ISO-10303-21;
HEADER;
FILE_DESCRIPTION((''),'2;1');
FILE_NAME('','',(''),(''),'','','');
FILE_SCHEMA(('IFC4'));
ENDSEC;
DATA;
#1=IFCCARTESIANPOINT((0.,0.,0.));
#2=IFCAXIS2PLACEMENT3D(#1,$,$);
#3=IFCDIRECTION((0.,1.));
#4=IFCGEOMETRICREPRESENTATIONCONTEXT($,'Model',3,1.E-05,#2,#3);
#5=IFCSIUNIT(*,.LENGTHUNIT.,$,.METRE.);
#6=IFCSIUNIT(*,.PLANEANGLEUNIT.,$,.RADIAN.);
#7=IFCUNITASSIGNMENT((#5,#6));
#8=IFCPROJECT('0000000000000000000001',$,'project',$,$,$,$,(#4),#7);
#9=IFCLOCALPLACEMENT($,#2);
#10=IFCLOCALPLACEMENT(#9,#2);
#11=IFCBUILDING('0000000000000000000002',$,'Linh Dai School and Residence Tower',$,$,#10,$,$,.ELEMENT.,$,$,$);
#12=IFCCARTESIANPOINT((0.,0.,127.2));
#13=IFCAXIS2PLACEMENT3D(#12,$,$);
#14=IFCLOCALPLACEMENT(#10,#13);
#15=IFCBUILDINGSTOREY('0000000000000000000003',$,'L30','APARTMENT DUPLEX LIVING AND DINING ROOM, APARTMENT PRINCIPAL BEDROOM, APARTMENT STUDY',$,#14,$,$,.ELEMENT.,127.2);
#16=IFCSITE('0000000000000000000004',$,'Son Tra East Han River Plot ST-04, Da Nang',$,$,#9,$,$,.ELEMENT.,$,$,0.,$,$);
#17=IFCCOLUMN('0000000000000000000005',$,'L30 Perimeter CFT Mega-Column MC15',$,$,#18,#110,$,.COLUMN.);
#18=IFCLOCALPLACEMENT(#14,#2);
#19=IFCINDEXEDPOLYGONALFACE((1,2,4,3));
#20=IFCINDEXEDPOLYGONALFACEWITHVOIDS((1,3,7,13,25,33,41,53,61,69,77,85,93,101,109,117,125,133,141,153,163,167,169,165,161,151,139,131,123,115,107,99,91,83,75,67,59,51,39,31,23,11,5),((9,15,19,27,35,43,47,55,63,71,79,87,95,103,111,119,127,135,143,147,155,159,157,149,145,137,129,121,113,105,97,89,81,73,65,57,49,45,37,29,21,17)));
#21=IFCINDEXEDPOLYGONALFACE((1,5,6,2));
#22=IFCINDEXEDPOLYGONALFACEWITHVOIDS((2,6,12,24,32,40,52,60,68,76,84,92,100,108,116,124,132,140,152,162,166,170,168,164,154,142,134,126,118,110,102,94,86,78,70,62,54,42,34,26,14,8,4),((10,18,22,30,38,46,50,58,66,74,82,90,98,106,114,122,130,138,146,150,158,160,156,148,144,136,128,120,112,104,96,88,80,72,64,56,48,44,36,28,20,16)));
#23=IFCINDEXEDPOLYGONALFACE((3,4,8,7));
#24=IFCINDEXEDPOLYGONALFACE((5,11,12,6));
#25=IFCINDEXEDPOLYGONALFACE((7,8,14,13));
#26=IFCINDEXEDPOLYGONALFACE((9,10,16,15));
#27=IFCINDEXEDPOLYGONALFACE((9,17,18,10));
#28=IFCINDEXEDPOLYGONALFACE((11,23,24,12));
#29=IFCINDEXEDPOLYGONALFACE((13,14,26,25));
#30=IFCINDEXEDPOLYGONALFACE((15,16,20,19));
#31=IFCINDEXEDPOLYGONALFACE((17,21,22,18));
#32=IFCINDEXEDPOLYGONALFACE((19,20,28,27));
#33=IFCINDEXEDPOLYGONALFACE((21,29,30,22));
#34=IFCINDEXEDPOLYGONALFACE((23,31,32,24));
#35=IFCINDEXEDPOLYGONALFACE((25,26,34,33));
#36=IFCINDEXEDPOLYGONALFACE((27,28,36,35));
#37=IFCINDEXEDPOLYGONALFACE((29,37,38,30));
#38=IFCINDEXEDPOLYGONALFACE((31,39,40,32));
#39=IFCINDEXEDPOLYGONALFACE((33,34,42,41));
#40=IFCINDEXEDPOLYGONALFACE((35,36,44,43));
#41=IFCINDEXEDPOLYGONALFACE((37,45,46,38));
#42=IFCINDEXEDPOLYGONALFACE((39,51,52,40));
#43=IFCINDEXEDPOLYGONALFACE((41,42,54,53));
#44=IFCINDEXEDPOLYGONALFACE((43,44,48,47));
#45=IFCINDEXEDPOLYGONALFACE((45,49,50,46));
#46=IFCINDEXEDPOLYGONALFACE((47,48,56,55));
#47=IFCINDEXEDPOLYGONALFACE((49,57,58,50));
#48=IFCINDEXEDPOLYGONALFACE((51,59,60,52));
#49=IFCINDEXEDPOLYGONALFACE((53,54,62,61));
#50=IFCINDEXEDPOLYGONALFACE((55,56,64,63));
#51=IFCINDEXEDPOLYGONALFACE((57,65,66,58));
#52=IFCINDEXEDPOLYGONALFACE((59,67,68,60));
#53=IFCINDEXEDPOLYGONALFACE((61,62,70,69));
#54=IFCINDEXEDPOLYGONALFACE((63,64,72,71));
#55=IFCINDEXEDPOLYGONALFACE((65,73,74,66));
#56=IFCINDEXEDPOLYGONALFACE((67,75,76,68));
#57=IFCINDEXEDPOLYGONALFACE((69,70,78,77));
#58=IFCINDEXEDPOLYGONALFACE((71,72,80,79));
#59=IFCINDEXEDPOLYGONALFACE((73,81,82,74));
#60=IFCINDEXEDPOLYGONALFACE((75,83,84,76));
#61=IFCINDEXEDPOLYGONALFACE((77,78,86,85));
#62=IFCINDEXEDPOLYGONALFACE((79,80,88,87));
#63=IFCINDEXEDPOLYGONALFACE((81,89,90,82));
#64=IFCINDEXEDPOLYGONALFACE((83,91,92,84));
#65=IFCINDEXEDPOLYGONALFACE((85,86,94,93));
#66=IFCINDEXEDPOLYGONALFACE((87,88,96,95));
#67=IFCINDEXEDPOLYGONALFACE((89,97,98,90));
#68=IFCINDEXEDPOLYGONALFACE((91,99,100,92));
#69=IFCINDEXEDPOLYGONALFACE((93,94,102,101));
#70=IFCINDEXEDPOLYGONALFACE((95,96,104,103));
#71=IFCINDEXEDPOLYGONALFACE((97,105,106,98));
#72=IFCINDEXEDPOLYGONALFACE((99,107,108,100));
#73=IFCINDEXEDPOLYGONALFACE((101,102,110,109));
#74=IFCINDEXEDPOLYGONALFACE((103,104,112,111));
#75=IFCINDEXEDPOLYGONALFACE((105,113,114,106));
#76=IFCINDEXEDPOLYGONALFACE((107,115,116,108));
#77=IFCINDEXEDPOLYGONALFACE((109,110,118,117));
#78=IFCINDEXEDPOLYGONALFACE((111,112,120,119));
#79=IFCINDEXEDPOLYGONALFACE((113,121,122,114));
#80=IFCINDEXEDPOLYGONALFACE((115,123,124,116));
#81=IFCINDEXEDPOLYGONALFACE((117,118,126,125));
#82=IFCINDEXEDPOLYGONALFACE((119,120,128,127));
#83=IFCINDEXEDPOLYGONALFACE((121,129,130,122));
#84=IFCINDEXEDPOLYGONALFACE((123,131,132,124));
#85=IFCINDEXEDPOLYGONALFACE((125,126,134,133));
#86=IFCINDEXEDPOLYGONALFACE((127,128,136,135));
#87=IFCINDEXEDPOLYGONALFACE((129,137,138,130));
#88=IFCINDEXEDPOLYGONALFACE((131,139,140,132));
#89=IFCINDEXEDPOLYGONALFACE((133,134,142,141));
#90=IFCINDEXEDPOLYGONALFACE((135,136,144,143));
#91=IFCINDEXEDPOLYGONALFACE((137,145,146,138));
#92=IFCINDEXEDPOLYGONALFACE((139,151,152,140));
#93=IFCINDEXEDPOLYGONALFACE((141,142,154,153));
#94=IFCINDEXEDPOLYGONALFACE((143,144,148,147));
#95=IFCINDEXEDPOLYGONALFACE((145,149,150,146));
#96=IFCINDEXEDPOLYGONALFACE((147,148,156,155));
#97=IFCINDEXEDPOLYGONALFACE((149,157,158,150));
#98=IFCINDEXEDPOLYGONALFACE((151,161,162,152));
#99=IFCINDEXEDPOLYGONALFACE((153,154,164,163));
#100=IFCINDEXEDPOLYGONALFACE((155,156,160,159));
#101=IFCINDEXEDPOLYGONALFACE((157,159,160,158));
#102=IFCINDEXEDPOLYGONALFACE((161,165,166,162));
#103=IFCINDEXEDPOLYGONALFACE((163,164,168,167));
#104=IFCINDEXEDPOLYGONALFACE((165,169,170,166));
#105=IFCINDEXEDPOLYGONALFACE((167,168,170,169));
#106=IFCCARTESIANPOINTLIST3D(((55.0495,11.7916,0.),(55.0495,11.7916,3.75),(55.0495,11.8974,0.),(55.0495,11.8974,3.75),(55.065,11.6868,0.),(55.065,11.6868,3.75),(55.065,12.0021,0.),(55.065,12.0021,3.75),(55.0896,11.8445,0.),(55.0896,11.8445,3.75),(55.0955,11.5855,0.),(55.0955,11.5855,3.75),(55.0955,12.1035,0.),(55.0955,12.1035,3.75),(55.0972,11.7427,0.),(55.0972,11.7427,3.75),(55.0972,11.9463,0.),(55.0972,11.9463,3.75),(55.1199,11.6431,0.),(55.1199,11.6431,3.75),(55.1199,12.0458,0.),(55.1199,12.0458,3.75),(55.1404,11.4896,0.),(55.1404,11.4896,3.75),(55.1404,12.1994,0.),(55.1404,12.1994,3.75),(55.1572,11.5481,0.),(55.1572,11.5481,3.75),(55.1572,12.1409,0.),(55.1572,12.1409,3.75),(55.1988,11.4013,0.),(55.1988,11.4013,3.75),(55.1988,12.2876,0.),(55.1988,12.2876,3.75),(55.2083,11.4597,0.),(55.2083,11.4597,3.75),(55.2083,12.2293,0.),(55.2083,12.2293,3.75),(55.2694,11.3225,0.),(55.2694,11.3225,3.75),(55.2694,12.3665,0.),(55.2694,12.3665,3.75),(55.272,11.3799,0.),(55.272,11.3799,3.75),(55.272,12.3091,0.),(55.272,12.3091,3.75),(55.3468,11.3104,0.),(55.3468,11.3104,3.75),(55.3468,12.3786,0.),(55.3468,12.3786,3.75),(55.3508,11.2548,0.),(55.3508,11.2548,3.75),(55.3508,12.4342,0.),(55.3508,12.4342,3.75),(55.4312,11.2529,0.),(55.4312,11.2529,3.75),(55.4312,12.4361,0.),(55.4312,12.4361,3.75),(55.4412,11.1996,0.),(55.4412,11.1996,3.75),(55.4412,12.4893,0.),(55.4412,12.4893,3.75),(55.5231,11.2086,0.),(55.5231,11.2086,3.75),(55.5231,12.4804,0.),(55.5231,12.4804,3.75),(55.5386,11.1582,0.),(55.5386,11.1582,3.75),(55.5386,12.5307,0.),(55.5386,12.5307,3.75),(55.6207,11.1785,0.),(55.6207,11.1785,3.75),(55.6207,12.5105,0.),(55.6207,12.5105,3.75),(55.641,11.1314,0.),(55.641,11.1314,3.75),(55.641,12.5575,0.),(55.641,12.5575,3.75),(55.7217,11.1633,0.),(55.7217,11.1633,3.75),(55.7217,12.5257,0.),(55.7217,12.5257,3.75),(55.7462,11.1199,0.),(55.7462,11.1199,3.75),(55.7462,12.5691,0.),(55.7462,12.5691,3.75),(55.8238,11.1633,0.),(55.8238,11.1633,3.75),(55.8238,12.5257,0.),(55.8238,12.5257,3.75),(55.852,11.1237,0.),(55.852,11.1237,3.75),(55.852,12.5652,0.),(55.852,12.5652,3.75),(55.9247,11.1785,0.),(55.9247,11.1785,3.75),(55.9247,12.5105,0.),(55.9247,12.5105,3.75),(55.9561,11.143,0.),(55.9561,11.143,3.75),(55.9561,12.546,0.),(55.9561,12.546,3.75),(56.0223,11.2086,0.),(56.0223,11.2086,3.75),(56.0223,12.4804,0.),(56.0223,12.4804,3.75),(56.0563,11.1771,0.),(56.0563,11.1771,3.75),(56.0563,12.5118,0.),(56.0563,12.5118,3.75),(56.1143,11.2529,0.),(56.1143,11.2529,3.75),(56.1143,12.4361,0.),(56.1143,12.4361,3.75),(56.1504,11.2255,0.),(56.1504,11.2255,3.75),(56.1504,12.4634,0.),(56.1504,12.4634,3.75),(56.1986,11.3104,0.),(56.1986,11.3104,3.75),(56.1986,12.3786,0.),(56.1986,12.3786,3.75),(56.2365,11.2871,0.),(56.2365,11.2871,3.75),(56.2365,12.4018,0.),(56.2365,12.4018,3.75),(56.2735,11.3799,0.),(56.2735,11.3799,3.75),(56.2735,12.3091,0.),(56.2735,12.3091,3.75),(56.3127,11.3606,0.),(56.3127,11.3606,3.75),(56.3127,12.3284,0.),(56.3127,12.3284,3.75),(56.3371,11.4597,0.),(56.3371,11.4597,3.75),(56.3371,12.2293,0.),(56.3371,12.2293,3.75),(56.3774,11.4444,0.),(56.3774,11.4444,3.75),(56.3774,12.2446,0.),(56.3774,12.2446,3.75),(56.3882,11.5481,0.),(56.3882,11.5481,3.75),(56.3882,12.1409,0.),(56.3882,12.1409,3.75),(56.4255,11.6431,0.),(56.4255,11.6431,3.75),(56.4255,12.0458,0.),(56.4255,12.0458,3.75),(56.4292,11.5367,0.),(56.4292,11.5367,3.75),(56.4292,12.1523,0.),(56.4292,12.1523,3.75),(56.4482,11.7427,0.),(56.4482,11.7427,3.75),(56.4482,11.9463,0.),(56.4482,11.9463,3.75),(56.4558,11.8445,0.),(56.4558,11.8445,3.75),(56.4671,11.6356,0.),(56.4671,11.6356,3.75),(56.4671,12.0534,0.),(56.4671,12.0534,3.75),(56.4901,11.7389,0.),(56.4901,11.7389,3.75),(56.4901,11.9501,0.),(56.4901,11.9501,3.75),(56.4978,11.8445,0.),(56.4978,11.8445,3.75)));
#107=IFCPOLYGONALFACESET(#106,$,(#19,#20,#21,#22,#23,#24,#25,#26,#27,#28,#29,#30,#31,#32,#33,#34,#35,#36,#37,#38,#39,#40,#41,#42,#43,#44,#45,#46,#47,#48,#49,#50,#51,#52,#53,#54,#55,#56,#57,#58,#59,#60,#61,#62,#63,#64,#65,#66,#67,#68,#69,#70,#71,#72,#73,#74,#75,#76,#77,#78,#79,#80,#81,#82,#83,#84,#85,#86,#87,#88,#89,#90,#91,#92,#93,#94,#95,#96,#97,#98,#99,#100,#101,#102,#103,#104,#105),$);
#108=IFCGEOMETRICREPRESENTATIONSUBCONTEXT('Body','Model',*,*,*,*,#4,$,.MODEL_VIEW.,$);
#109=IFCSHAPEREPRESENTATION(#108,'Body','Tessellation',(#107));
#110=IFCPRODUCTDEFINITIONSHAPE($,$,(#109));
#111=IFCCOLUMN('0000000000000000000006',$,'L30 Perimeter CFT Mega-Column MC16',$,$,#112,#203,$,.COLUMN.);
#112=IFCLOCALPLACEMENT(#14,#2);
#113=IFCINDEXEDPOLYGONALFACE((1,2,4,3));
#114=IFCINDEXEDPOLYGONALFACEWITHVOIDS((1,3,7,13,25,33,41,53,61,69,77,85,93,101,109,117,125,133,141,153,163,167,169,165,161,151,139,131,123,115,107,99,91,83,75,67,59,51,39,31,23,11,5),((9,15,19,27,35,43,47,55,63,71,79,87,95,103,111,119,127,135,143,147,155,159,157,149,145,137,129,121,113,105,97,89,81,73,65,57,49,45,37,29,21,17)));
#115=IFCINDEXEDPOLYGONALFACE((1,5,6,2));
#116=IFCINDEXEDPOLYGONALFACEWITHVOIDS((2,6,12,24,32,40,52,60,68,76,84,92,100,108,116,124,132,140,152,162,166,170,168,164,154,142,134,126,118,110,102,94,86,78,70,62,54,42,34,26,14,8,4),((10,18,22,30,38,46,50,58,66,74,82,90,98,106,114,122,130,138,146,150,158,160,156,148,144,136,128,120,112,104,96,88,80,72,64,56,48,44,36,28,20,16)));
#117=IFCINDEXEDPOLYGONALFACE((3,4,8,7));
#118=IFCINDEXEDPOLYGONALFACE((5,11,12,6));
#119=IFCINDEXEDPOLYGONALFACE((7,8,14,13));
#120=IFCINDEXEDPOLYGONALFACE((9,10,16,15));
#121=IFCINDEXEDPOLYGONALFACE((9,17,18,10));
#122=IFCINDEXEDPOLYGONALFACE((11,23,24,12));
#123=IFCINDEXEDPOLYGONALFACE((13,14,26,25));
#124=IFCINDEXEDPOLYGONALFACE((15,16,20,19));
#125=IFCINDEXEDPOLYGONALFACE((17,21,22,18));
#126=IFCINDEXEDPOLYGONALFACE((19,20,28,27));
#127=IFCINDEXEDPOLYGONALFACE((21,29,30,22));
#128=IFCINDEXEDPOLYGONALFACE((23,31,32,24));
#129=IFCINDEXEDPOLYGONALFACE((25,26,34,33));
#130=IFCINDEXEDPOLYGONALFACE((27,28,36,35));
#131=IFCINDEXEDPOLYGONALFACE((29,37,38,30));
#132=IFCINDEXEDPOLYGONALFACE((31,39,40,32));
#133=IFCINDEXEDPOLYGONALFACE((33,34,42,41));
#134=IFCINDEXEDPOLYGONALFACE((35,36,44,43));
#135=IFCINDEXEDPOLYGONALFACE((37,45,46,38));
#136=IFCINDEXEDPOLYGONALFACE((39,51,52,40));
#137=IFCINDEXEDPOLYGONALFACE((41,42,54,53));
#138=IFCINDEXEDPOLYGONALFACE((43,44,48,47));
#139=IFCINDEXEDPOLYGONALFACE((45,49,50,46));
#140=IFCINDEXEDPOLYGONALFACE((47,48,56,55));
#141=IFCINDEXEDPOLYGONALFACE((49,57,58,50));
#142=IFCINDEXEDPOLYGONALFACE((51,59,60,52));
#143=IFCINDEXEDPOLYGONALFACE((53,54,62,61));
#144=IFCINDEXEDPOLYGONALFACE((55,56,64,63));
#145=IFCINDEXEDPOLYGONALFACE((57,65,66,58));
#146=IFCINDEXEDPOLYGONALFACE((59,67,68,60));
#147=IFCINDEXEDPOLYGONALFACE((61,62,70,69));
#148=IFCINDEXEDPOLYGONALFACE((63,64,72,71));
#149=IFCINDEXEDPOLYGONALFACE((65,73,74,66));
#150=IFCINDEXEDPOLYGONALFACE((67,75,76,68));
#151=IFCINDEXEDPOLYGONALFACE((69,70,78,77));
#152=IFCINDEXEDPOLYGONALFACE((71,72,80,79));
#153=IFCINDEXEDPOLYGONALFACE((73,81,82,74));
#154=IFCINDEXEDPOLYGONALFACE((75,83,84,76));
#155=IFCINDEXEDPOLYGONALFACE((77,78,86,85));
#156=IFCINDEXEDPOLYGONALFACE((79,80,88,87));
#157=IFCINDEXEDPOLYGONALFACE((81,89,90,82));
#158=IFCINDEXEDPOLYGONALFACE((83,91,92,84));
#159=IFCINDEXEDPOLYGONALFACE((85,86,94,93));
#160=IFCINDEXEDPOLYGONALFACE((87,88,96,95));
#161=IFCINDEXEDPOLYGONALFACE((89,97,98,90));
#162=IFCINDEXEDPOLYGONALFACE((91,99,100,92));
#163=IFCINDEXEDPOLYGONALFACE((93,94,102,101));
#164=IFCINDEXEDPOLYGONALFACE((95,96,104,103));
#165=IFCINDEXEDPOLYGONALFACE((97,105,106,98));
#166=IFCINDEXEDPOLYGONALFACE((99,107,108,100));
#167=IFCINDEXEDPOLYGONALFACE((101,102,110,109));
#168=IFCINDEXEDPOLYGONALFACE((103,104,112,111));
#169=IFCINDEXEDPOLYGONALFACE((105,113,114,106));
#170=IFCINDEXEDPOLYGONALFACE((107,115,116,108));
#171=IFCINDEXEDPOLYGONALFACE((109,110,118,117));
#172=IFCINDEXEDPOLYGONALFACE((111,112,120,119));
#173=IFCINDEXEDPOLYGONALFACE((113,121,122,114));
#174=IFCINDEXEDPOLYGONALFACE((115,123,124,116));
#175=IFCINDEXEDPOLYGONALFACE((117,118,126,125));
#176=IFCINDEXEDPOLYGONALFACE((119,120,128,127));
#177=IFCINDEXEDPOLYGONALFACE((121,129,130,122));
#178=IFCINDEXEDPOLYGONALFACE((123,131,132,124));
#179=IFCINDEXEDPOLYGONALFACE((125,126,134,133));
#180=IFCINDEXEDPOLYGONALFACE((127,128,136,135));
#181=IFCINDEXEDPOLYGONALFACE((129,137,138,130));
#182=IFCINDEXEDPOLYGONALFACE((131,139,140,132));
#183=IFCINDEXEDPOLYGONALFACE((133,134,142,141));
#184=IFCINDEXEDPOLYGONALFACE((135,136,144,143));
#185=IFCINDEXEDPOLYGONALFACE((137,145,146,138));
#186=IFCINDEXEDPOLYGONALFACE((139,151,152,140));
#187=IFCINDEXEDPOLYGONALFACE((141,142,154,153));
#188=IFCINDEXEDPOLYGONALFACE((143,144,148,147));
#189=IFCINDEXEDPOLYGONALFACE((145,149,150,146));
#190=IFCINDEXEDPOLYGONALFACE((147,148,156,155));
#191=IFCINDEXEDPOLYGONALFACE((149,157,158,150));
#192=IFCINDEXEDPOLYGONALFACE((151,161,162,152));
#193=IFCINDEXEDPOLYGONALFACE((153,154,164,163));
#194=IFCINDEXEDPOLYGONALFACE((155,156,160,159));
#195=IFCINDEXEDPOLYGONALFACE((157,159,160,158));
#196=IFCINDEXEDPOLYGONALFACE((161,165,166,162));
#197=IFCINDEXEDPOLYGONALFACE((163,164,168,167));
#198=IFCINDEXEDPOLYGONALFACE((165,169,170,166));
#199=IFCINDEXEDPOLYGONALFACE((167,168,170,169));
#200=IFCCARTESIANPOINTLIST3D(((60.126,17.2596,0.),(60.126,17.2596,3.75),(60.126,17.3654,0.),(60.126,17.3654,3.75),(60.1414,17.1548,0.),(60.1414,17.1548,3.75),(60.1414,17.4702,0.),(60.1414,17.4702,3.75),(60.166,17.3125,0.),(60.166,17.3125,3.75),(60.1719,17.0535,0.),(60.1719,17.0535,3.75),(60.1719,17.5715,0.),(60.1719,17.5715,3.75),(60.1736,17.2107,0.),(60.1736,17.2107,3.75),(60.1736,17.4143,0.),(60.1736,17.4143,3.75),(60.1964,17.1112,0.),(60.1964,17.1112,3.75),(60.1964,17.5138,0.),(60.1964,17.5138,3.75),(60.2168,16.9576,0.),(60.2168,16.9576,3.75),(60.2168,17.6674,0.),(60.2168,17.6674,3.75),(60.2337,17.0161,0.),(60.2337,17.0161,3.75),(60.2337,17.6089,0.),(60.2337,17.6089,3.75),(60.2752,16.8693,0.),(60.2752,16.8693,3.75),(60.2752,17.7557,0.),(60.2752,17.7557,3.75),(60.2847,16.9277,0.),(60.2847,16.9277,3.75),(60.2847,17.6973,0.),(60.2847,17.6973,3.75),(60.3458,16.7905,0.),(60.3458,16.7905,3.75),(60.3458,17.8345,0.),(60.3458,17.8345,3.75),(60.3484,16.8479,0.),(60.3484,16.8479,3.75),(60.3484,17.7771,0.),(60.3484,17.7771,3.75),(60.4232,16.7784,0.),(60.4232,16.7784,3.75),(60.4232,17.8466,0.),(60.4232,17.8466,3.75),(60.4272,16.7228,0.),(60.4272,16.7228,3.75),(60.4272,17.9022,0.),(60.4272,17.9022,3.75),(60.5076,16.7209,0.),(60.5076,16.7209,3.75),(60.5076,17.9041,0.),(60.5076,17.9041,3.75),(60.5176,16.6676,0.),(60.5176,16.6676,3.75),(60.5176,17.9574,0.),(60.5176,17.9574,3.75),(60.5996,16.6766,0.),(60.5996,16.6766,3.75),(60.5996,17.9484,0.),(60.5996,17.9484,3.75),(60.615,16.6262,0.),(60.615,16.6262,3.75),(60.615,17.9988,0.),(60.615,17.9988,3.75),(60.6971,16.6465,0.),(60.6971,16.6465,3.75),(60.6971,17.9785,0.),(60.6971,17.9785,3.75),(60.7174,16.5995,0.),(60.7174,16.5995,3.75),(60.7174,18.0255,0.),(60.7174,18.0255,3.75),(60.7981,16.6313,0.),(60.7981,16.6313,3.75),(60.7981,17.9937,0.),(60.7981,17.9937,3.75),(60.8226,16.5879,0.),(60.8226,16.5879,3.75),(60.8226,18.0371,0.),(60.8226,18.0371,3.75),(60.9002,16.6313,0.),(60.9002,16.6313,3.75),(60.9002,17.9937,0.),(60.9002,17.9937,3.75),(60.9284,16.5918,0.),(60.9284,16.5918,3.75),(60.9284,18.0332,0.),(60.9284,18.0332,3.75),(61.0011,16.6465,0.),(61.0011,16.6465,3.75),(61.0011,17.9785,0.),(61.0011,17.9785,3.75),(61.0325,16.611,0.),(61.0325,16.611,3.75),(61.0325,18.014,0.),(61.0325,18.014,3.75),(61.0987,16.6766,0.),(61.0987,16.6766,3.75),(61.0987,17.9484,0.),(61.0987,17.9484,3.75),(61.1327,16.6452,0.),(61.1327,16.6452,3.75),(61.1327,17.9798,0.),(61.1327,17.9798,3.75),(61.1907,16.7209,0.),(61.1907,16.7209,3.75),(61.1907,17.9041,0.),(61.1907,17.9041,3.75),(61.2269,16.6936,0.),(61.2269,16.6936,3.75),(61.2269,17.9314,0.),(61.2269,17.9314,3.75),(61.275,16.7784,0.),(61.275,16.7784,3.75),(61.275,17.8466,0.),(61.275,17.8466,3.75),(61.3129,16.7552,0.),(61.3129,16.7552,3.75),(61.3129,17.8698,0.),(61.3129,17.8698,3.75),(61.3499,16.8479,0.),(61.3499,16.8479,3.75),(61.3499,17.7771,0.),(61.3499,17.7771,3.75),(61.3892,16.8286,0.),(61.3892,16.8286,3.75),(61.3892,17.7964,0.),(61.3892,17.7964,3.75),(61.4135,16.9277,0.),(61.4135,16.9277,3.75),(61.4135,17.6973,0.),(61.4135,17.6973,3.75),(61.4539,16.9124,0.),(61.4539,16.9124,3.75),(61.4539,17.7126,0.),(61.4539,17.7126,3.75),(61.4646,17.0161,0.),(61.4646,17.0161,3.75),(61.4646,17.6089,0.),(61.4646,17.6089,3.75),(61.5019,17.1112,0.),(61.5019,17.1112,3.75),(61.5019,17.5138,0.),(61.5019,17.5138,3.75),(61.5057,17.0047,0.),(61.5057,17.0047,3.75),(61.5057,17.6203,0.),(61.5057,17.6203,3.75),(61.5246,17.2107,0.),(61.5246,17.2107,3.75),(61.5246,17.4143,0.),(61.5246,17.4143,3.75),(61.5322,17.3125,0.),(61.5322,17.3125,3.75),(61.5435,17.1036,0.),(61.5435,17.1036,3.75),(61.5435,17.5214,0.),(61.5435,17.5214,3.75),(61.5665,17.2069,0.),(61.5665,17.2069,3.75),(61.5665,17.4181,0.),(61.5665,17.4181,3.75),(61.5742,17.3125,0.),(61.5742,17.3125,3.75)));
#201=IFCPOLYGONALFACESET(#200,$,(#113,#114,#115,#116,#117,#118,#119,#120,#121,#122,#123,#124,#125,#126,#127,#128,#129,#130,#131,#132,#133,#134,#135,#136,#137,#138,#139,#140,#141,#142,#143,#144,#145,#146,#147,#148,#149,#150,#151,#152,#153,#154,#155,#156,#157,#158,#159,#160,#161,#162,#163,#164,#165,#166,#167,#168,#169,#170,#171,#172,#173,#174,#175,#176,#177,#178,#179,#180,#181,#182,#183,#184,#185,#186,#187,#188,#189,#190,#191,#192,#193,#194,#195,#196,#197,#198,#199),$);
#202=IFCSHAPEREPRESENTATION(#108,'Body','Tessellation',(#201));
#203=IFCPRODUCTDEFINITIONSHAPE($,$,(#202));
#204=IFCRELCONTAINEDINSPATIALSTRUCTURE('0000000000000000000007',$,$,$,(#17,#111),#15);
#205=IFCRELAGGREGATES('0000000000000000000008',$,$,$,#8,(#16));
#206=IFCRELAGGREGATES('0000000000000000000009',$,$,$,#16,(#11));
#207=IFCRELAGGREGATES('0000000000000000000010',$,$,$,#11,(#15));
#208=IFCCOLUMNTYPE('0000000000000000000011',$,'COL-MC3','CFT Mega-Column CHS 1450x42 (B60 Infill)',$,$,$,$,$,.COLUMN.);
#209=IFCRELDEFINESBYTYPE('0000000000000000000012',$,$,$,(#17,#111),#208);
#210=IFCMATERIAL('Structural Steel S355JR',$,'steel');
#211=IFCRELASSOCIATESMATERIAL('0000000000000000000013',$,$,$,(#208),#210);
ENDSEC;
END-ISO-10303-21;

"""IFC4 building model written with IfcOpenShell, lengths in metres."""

from ifc_helpers import new_model, si_unit, direction, frame, origin, origin_2d, place, context, subcontext, project, spatial, hollow_circle, extrude, material, material_profile, profile_set, type_object, element, save


model = new_model("IFC4")

# Units and contexts
model_context = context("Model", 3, precision=1e-05, world=origin(), true_north=direction((0.0, 1.0)))
body_context = subcontext(model_context, "Body", "Model", "MODEL_VIEW")
ifc_project = project(units=[si_unit("LENGTHUNIT", "METRE"), si_unit("PLANEANGLEUNIT", "RADIAN")], contexts=[model_context])

# Site, building, storey
site_placement = place(None, origin())
site = spatial("IfcSite", under=ifc_project, at=site_placement, Name="Son Tra East Han River Plot ST-04, Da Nang", CompositionType="ELEMENT", RefElevation=0.0)
building_placement = place(site_placement, origin())
building = spatial("IfcBuilding", under=site, at=building_placement, Name="Linh Dai School and Residence Tower", CompositionType="ELEMENT")
storey_placement = place(building_placement, frame((0.0, 0.0, 127.2)))
storey = spatial("IfcBuildingStorey", under=building, at=storey_placement, Name="L30", Description="APARTMENT DUPLEX LIVING AND DINING ROOM, APARTMENT PRINCIPAL BEDROOM, APARTMENT STUDY", CompositionType="ELEMENT", Elevation=127.2)

# Columns
ifc_material_1 = material(Name="Structural Steel S355JR", Category="steel")
ifc_material_profile_1 = material_profile(ifc_material_1, hollow_circle(Radius=0.7251, WallThickness=0.042, at=origin_2d()), Name="CHS 1450x42")
ifc_profile_set_1 = profile_set([ifc_material_profile_1], Name="Structural Steel S355JR")
column_type = type_object("IfcColumnType", Name="COL-MC3", Description="CFT Mega-Column CHS 1450x42 (B60 Infill)", PredefinedType="COLUMN", material=ifc_profile_set_1)
for number, where, z_axis, x_axis, name in (
    (1, (55.7727, 11.8445, 0.0), (0.0, 0.0, 1.0), (1.0, 0.0, 0.0), "L30 Perimeter CFT Mega-Column MC15"),
    (2, (60.8491, 17.3125, 0.0), (0.0, 0.0, 1.0), (1.0, 0.0, 0.0), "L30 Perimeter CFT Mega-Column MC16"),
):
    element("IfcColumn", number, at=place(storey_placement, frame(where, z_axis=z_axis, x_axis=x_axis)), inside=storey, type_object=column_type, Name=name, PredefinedType="COLUMN", context=body_context, shape_type="SweptSolid", body=[
        extrude(hollow_circle(Radius=0.7251, WallThickness=0.042, at=origin_2d()), origin(), (0.0, 0.0, 1.0), 3.75),
    ])

save(model, "model.ifc")
